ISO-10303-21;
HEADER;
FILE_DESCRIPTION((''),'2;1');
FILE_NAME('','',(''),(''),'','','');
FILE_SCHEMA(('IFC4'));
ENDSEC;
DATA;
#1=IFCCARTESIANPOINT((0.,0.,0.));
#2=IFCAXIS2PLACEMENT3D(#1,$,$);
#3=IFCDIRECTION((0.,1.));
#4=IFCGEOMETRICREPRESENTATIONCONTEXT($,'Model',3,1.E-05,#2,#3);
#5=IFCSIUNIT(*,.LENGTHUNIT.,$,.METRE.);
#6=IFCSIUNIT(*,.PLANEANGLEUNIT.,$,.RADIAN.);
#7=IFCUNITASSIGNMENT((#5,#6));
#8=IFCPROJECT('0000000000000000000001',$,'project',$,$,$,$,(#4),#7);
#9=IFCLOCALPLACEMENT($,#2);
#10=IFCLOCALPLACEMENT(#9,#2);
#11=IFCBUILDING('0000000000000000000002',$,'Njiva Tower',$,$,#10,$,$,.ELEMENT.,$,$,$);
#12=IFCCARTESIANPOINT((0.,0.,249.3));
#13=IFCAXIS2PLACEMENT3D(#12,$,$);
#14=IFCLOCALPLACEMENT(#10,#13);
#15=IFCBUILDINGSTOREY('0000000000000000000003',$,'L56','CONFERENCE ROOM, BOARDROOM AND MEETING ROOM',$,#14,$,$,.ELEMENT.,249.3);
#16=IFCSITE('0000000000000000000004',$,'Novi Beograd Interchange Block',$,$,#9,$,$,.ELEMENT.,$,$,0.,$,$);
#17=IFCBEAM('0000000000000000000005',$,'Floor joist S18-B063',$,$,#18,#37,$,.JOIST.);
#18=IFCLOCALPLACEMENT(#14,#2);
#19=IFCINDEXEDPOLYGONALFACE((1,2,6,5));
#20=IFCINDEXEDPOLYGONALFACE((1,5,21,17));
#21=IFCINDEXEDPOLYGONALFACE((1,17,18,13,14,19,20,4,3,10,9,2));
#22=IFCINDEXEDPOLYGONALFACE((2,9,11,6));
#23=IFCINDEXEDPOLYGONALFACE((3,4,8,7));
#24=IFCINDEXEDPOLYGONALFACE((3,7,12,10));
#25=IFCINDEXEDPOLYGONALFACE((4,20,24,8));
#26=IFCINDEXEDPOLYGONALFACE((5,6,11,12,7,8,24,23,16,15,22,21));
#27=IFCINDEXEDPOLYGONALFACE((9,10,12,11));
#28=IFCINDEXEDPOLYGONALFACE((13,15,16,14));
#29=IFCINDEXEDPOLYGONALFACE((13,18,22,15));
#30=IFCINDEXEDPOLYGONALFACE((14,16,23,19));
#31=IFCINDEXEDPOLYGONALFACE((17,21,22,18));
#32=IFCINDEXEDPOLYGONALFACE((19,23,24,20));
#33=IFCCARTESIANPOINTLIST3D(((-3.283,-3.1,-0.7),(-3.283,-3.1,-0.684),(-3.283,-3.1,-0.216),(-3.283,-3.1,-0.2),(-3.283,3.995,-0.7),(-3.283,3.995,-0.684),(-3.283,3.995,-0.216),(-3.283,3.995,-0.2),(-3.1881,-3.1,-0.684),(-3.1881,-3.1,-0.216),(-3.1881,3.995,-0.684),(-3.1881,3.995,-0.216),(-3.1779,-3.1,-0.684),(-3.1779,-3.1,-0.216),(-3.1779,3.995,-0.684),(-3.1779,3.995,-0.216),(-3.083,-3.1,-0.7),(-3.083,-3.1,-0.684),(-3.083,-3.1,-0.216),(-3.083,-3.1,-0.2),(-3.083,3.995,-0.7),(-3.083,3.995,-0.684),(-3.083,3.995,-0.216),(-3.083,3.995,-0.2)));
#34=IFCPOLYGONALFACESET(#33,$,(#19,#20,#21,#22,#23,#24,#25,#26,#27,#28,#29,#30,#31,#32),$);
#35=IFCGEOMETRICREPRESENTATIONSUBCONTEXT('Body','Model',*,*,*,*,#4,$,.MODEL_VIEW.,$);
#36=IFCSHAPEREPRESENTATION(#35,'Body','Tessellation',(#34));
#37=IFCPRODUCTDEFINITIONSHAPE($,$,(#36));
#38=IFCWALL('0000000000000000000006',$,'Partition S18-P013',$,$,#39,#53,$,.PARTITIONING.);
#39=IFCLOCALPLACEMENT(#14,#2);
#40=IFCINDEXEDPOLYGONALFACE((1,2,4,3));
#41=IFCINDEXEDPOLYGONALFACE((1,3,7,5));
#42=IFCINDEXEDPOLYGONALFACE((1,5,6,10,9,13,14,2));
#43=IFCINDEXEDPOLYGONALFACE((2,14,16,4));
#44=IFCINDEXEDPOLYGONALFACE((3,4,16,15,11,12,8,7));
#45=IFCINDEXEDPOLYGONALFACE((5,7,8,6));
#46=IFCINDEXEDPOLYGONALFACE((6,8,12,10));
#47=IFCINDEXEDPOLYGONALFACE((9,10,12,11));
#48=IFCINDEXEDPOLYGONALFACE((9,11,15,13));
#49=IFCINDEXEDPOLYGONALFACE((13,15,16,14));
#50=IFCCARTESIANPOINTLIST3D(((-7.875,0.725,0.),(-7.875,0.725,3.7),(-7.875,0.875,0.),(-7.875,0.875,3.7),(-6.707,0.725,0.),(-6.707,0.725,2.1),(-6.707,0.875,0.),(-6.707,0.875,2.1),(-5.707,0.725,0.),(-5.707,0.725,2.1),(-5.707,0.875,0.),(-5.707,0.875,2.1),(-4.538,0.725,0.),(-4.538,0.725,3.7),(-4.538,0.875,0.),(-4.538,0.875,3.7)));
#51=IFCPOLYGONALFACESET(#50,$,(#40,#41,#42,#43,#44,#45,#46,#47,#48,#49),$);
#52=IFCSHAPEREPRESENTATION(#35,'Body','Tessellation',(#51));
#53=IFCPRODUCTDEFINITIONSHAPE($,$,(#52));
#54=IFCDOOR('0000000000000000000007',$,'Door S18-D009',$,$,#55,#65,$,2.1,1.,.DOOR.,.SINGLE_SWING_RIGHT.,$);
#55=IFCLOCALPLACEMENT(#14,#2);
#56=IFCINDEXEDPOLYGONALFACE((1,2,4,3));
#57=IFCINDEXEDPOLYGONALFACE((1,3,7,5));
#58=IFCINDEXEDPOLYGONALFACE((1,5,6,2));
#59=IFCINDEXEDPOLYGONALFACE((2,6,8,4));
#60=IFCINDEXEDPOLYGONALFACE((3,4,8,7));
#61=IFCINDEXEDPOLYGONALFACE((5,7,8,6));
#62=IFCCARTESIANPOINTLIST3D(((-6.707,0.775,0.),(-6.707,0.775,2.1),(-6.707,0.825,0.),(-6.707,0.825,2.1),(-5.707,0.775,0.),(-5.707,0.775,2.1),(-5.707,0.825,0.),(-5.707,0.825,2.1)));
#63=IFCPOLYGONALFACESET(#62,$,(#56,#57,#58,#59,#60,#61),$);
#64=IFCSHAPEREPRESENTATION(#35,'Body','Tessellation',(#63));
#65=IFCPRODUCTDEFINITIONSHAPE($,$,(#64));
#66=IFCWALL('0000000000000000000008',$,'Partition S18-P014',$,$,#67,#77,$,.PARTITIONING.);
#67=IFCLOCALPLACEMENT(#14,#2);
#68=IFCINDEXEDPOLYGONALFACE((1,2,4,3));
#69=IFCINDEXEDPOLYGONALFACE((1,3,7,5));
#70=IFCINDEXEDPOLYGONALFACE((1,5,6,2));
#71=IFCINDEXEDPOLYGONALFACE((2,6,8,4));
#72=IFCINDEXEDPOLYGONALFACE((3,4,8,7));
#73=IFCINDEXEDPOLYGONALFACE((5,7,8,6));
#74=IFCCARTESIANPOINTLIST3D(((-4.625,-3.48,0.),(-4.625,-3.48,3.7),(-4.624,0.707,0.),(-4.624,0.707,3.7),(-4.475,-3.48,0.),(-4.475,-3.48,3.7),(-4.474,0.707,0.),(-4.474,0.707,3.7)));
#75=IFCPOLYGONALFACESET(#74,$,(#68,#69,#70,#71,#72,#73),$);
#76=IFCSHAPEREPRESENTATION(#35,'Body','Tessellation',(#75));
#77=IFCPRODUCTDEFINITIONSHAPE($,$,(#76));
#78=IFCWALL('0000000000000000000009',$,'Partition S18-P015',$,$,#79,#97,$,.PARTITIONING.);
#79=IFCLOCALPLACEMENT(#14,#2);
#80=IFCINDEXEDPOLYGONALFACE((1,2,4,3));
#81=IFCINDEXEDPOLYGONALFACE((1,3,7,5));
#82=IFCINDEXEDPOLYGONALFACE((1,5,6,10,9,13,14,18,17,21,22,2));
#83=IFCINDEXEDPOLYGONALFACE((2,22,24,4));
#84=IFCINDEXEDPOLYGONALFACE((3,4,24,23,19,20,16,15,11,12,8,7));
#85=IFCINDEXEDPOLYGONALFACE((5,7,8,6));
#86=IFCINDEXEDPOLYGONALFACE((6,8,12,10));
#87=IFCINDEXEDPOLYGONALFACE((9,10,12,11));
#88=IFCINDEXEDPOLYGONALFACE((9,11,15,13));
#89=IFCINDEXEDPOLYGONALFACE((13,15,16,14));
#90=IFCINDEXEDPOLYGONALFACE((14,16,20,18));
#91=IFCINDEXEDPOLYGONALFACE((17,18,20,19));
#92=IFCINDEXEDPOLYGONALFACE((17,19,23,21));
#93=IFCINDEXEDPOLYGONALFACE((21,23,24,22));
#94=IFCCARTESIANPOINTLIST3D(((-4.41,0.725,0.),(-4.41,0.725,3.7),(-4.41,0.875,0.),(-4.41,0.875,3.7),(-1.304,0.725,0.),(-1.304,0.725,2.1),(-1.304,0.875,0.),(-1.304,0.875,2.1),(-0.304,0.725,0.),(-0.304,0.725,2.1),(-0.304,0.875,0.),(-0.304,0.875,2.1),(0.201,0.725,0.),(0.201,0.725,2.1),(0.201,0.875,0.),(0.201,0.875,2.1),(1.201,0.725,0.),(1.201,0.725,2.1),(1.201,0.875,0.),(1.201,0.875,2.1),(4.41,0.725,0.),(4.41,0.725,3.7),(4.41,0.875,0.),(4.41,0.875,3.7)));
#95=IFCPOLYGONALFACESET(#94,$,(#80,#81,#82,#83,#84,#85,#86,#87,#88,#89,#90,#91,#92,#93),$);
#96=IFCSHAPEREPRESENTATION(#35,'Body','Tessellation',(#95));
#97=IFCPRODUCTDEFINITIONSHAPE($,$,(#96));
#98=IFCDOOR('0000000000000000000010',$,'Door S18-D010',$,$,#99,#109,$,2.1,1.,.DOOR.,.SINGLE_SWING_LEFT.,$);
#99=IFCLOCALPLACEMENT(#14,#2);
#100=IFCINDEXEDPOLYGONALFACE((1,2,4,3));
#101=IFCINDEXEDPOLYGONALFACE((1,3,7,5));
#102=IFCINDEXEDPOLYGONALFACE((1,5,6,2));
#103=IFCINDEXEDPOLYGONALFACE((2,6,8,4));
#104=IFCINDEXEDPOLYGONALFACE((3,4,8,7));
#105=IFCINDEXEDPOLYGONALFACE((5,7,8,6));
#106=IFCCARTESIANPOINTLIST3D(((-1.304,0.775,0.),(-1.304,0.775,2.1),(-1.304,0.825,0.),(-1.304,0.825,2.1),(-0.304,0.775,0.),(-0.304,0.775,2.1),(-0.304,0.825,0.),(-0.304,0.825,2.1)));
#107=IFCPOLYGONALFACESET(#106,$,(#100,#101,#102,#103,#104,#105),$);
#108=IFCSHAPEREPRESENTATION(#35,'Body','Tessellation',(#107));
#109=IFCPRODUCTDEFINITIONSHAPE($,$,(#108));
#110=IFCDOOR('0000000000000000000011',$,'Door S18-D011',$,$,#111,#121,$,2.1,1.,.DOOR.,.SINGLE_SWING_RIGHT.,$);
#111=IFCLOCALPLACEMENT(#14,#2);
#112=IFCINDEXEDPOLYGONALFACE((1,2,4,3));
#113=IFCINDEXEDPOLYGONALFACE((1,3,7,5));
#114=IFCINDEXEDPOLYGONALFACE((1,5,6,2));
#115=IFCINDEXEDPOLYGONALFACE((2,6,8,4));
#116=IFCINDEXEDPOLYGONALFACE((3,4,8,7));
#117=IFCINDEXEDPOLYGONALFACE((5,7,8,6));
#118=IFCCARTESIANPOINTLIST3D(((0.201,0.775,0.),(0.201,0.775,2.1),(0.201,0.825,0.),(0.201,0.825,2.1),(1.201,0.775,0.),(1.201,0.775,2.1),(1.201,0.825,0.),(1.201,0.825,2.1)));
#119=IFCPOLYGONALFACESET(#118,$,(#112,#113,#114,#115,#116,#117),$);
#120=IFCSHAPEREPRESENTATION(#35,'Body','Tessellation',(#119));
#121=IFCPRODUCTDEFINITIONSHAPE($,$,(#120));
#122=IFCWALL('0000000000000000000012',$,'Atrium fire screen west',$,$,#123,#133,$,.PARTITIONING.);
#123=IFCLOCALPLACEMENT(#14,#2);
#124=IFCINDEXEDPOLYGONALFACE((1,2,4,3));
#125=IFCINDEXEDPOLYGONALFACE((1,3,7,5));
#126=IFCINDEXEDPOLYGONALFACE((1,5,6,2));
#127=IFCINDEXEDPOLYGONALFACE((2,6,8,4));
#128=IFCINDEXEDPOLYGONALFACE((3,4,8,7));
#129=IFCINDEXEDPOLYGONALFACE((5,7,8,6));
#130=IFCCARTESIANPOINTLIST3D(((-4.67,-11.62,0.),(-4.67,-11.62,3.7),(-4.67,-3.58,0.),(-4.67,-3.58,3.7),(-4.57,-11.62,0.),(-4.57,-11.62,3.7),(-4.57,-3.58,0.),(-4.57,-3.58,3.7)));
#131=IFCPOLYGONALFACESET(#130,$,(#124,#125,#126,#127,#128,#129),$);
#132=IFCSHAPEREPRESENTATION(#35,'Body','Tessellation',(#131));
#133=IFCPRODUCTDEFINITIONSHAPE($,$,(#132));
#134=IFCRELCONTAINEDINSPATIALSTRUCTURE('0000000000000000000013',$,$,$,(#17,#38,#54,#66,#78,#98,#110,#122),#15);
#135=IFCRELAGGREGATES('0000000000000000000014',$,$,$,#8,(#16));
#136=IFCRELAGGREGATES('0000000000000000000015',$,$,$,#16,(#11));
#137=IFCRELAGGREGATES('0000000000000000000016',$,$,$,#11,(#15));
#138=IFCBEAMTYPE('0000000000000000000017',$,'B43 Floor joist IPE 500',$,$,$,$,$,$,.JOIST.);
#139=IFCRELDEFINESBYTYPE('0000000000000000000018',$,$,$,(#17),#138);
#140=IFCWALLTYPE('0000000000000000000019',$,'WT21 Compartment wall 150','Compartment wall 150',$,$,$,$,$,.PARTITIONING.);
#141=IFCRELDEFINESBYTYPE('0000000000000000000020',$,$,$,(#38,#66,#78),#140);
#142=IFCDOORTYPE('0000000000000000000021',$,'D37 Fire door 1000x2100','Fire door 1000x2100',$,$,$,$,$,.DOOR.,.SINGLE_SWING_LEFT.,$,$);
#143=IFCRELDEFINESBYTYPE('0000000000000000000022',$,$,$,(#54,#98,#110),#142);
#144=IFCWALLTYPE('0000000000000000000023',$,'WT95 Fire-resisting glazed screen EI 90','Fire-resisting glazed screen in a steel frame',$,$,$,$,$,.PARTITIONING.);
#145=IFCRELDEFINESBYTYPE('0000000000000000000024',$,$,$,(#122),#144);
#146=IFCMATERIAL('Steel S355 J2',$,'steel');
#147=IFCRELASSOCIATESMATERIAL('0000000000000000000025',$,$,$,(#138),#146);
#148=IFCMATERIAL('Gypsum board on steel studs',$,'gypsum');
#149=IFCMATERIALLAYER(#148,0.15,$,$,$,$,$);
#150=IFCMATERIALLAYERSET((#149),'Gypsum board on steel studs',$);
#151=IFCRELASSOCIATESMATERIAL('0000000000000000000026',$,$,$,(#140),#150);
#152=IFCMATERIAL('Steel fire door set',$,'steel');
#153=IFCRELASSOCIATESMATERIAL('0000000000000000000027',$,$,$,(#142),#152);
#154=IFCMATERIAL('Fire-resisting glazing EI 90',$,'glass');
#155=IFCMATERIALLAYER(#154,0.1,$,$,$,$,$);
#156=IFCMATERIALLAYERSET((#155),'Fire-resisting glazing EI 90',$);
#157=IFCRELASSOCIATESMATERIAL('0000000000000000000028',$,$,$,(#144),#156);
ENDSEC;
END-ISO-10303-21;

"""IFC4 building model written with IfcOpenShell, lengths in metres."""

from ifc_helpers import new_model, si_unit, direction, frame, frame_2d, origin, origin_2d, place, context, subcontext, project, spatial, rectangle, i_section, extrude, material, layer, layer_set, material_profile, profile_set, type_object, element, fill, save


model = new_model("IFC4")

# Units and contexts
model_context = context("Model", 3, precision=1e-05, world=origin(), true_north=direction((0.0, 1.0)))
body_context = subcontext(model_context, "Body", "Model", "MODEL_VIEW")
ifc_project = project(units=[si_unit("LENGTHUNIT", "METRE"), si_unit("PLANEANGLEUNIT", "RADIAN")], contexts=[model_context])

# Site, building, storey
site_placement = place(None, origin())
site = spatial("IfcSite", under=ifc_project, at=site_placement, Name="Novi Beograd Interchange Block", CompositionType="ELEMENT", RefElevation=0.0)
building_placement = place(site_placement, origin())
building = spatial("IfcBuilding", under=site, at=building_placement, Name="Njiva Tower", CompositionType="ELEMENT")
storey_placement = place(building_placement, frame((0.0, 0.0, 249.3)))
storey = spatial("IfcBuildingStorey", under=building, at=storey_placement, Name="L56", Description="CONFERENCE ROOM, BOARDROOM AND MEETING ROOM", CompositionType="ELEMENT", Elevation=249.3)

# Shared definitions
ifc_material_1 = material(Name="Steel S355 J2", Category="steel")

# Beam
ifc_material_profile_1 = material_profile(ifc_material_1, i_section(OverallWidth=0.2, OverallDepth=0.5, WebThickness=0.0102, FlangeThickness=0.016, at=origin_2d()), Name="IPE 500")
ifc_profile_set_1 = profile_set([ifc_material_profile_1], Name="Steel S355 J2")
beam_type_1 = type_object("IfcBeamType", Name="B43 Floor joist IPE 500", PredefinedType="JOIST", material=ifc_profile_set_1)
for number, where, z_axis, x_axis, name in (
    (1, (-3.183, 3.995, -0.45), (0.0, -1.0, 0.0), (1.0, 0.0, 0.0), "Floor joist S18-B063"),
):
    element("IfcBeam", number, at=place(storey_placement, frame(where, z_axis=z_axis, x_axis=x_axis)), inside=storey, type_object=beam_type_1, Name=name, PredefinedType="JOIST", context=body_context, shape_type="SweptSolid", body=[
        extrude(i_section(OverallWidth=0.2, OverallDepth=0.5, WebThickness=0.0102, FlangeThickness=0.016, at=origin_2d()), origin(), (0.0, 0.0, 1.0), 7.095),
    ])

# Wall, opening, door
ifc_material_2 = material(Name="Gypsum board on steel studs", Category="gypsum")
ifc_layer_1 = layer(ifc_material_2, 0.15)
ifc_layer_set_1 = layer_set([ifc_layer_1], Name="Gypsum board on steel studs")
wall_type_1 = type_object("IfcWallType", Name="WT21 Compartment wall 150", Description="Compartment wall 150", PredefinedType="PARTITIONING", material=ifc_layer_set_1)
wall_1_placement = place(storey_placement, frame((-7.875, 0.8, 0.0), z_axis=(0.0, 0.0, 1.0), x_axis=(1.0, 0.0, 0.0)))
wall_1 = element("IfcWall", 2, at=wall_1_placement, inside=storey, type_object=wall_type_1, Name="Partition S18-P013", PredefinedType="PARTITIONING", context=body_context, shape_type="SweptSolid", body=[
    extrude(rectangle(XDim=3.337, YDim=0.15, at=frame_2d((1.6685, 0.0))), origin(), (0.0, 0.0, 1.0), 3.7),
])
opening_1_placement = place(wall_1_placement, frame((1.168, 0.0, 0.0)))
opening_1 = element("IfcOpeningElement", 3, at=opening_1_placement, cuts=wall_1, PredefinedType="OPENING", context=body_context, shape_type="SweptSolid", body=[
    extrude(rectangle(XDim=1.0, YDim=2.1, at=frame_2d((0.5, 1.05))), frame((0.0, 0.085, 0.0), z_axis=(0.0, -1.0, 0.0), x_axis=(1.0, 0.0, 0.0)), (0.0, 0.0, 1.0), 0.17),
])
ifc_material_3 = material(Name="Steel fire door set", Category="steel")
door_type = type_object("IfcDoorType", Name="D37 Fire door 1000x2100", Description="Fire door 1000x2100", OperationType="SINGLE_SWING_LEFT", PredefinedType="DOOR", material=ifc_material_3)
door_1_placement = place(opening_1_placement, origin())
door_1 = element("IfcDoor", 4, at=door_1_placement, inside=storey, type_object=door_type, Name="Door S18-D009", OperationType="SINGLE_SWING_RIGHT", OverallHeight=2.1, OverallWidth=1.0, PredefinedType="DOOR", context=body_context, shape_type="SweptSolid", body=[
    extrude(rectangle(XDim=1.0, YDim=2.1, at=frame_2d((0.5, 1.05))), frame((0.0, 0.025, 0.0), z_axis=(0.0, -1.0, 0.0), x_axis=(1.0, 0.0, 0.0)), (0.0, 0.0, 1.0), 0.05),
])
fill(opening_1, door_1)

# Wall
wall_2_placement = place(storey_placement, frame((-4.55, -3.48, 0.0), z_axis=(0.0, 0.0, 1.0), x_axis=(0.000239, 1.0, 0.0)))
element("IfcWall", 5, at=wall_2_placement, inside=storey, type_object=wall_type_1, Name="Partition S18-P014", PredefinedType="PARTITIONING", context=body_context, shape_type="SweptSolid", body=[
    extrude(rectangle(XDim=4.187, YDim=0.15, at=frame_2d((2.0935, 0.0))), origin(), (0.0, 0.0, 1.0), 3.7),
])

# Wall, openings, doors
wall_3_placement = place(storey_placement, frame((-4.41, 0.8, 0.0), z_axis=(0.0, 0.0, 1.0), x_axis=(1.0, 0.0, 0.0)))
wall_3 = element("IfcWall", 6, at=wall_3_placement, inside=storey, type_object=wall_type_1, Name="Partition S18-P015", PredefinedType="PARTITIONING", context=body_context, shape_type="SweptSolid", body=[
    extrude(rectangle(XDim=8.82, YDim=0.15, at=frame_2d((4.41, 0.0))), origin(), (0.0, 0.0, 1.0), 3.7),
])
opening_2_placement = place(wall_3_placement, frame((3.106, 0.0, 0.0)))
opening_2 = element("IfcOpeningElement", 7, at=opening_2_placement, cuts=wall_3, PredefinedType="OPENING", context=body_context, shape_type="SweptSolid", body=[
    extrude(rectangle(XDim=1.0, YDim=2.1, at=frame_2d((0.5, 1.05))), frame((0.0, 0.085, 0.0), z_axis=(0.0, -1.0, 0.0), x_axis=(1.0, 0.0, 0.0)), (0.0, 0.0, 1.0), 0.17),
])
opening_3_placement = place(wall_3_placement, frame((4.611, 0.0, 0.0)))
opening_3 = element("IfcOpeningElement", 8, at=opening_3_placement, cuts=wall_3, PredefinedType="OPENING", context=body_context, shape_type="SweptSolid", body=[
    extrude(rectangle(XDim=1.0, YDim=2.1, at=frame_2d((0.5, 1.05))), frame((0.0, 0.085, 0.0), z_axis=(0.0, -1.0, 0.0), x_axis=(1.0, 0.0, 0.0)), (0.0, 0.0, 1.0), 0.17),
])
door_2_placement = place(opening_2_placement, origin())
door_2 = element("IfcDoor", 9, at=door_2_placement, inside=storey, type_object=door_type, Name="Door S18-D010", OperationType="SINGLE_SWING_LEFT", OverallHeight=2.1, OverallWidth=1.0, PredefinedType="DOOR", context=body_context, shape_type="SweptSolid", body=[
    extrude(rectangle(XDim=1.0, YDim=2.1, at=frame_2d((0.5, 1.05))), frame((0.0, 0.025, 0.0), z_axis=(0.0, -1.0, 0.0), x_axis=(1.0, 0.0, 0.0)), (0.0, 0.0, 1.0), 0.05),
])
fill(opening_2, door_2)
door_3_placement = place(opening_3_placement, origin())
door_3 = element("IfcDoor", 10, at=door_3_placement, inside=storey, type_object=door_type, Name="Door S18-D011", OperationType="SINGLE_SWING_RIGHT", OverallHeight=2.1, OverallWidth=1.0, PredefinedType="DOOR", context=body_context, shape_type="SweptSolid", body=[
    extrude(rectangle(XDim=1.0, YDim=2.1, at=frame_2d((0.5, 1.05))), frame((0.0, 0.025, 0.0), z_axis=(0.0, -1.0, 0.0), x_axis=(1.0, 0.0, 0.0)), (0.0, 0.0, 1.0), 0.05),
])
fill(opening_3, door_3)

# Wall
ifc_material_4 = material(Name="Fire-resisting glazing EI 90", Category="glass")
ifc_layer_2 = layer(ifc_material_4, 0.1)
ifc_layer_set_2 = layer_set([ifc_layer_2], Name="Fire-resisting glazing EI 90")
wall_type_2 = type_object("IfcWallType", Name="WT95 Fire-resisting glazed screen EI 90", Description="Fire-resisting glazed screen in a steel frame", PredefinedType="PARTITIONING", material=ifc_layer_set_2)
wall_4_placement = place(storey_placement, frame((-4.62, -3.58, 0.0), z_axis=(0.0, 0.0, 1.0), x_axis=(0.0, -1.0, 0.0)))
element("IfcWall", 11, at=wall_4_placement, inside=storey, type_object=wall_type_2, Name="Atrium fire screen west", PredefinedType="PARTITIONING", context=body_context, shape_type="SweptSolid", body=[
    extrude(rectangle(XDim=8.04, YDim=0.1, at=frame_2d((4.02, 0.0))), origin(), (0.0, 0.0, 1.0), 3.7),
])

save(model, "model.ifc")
